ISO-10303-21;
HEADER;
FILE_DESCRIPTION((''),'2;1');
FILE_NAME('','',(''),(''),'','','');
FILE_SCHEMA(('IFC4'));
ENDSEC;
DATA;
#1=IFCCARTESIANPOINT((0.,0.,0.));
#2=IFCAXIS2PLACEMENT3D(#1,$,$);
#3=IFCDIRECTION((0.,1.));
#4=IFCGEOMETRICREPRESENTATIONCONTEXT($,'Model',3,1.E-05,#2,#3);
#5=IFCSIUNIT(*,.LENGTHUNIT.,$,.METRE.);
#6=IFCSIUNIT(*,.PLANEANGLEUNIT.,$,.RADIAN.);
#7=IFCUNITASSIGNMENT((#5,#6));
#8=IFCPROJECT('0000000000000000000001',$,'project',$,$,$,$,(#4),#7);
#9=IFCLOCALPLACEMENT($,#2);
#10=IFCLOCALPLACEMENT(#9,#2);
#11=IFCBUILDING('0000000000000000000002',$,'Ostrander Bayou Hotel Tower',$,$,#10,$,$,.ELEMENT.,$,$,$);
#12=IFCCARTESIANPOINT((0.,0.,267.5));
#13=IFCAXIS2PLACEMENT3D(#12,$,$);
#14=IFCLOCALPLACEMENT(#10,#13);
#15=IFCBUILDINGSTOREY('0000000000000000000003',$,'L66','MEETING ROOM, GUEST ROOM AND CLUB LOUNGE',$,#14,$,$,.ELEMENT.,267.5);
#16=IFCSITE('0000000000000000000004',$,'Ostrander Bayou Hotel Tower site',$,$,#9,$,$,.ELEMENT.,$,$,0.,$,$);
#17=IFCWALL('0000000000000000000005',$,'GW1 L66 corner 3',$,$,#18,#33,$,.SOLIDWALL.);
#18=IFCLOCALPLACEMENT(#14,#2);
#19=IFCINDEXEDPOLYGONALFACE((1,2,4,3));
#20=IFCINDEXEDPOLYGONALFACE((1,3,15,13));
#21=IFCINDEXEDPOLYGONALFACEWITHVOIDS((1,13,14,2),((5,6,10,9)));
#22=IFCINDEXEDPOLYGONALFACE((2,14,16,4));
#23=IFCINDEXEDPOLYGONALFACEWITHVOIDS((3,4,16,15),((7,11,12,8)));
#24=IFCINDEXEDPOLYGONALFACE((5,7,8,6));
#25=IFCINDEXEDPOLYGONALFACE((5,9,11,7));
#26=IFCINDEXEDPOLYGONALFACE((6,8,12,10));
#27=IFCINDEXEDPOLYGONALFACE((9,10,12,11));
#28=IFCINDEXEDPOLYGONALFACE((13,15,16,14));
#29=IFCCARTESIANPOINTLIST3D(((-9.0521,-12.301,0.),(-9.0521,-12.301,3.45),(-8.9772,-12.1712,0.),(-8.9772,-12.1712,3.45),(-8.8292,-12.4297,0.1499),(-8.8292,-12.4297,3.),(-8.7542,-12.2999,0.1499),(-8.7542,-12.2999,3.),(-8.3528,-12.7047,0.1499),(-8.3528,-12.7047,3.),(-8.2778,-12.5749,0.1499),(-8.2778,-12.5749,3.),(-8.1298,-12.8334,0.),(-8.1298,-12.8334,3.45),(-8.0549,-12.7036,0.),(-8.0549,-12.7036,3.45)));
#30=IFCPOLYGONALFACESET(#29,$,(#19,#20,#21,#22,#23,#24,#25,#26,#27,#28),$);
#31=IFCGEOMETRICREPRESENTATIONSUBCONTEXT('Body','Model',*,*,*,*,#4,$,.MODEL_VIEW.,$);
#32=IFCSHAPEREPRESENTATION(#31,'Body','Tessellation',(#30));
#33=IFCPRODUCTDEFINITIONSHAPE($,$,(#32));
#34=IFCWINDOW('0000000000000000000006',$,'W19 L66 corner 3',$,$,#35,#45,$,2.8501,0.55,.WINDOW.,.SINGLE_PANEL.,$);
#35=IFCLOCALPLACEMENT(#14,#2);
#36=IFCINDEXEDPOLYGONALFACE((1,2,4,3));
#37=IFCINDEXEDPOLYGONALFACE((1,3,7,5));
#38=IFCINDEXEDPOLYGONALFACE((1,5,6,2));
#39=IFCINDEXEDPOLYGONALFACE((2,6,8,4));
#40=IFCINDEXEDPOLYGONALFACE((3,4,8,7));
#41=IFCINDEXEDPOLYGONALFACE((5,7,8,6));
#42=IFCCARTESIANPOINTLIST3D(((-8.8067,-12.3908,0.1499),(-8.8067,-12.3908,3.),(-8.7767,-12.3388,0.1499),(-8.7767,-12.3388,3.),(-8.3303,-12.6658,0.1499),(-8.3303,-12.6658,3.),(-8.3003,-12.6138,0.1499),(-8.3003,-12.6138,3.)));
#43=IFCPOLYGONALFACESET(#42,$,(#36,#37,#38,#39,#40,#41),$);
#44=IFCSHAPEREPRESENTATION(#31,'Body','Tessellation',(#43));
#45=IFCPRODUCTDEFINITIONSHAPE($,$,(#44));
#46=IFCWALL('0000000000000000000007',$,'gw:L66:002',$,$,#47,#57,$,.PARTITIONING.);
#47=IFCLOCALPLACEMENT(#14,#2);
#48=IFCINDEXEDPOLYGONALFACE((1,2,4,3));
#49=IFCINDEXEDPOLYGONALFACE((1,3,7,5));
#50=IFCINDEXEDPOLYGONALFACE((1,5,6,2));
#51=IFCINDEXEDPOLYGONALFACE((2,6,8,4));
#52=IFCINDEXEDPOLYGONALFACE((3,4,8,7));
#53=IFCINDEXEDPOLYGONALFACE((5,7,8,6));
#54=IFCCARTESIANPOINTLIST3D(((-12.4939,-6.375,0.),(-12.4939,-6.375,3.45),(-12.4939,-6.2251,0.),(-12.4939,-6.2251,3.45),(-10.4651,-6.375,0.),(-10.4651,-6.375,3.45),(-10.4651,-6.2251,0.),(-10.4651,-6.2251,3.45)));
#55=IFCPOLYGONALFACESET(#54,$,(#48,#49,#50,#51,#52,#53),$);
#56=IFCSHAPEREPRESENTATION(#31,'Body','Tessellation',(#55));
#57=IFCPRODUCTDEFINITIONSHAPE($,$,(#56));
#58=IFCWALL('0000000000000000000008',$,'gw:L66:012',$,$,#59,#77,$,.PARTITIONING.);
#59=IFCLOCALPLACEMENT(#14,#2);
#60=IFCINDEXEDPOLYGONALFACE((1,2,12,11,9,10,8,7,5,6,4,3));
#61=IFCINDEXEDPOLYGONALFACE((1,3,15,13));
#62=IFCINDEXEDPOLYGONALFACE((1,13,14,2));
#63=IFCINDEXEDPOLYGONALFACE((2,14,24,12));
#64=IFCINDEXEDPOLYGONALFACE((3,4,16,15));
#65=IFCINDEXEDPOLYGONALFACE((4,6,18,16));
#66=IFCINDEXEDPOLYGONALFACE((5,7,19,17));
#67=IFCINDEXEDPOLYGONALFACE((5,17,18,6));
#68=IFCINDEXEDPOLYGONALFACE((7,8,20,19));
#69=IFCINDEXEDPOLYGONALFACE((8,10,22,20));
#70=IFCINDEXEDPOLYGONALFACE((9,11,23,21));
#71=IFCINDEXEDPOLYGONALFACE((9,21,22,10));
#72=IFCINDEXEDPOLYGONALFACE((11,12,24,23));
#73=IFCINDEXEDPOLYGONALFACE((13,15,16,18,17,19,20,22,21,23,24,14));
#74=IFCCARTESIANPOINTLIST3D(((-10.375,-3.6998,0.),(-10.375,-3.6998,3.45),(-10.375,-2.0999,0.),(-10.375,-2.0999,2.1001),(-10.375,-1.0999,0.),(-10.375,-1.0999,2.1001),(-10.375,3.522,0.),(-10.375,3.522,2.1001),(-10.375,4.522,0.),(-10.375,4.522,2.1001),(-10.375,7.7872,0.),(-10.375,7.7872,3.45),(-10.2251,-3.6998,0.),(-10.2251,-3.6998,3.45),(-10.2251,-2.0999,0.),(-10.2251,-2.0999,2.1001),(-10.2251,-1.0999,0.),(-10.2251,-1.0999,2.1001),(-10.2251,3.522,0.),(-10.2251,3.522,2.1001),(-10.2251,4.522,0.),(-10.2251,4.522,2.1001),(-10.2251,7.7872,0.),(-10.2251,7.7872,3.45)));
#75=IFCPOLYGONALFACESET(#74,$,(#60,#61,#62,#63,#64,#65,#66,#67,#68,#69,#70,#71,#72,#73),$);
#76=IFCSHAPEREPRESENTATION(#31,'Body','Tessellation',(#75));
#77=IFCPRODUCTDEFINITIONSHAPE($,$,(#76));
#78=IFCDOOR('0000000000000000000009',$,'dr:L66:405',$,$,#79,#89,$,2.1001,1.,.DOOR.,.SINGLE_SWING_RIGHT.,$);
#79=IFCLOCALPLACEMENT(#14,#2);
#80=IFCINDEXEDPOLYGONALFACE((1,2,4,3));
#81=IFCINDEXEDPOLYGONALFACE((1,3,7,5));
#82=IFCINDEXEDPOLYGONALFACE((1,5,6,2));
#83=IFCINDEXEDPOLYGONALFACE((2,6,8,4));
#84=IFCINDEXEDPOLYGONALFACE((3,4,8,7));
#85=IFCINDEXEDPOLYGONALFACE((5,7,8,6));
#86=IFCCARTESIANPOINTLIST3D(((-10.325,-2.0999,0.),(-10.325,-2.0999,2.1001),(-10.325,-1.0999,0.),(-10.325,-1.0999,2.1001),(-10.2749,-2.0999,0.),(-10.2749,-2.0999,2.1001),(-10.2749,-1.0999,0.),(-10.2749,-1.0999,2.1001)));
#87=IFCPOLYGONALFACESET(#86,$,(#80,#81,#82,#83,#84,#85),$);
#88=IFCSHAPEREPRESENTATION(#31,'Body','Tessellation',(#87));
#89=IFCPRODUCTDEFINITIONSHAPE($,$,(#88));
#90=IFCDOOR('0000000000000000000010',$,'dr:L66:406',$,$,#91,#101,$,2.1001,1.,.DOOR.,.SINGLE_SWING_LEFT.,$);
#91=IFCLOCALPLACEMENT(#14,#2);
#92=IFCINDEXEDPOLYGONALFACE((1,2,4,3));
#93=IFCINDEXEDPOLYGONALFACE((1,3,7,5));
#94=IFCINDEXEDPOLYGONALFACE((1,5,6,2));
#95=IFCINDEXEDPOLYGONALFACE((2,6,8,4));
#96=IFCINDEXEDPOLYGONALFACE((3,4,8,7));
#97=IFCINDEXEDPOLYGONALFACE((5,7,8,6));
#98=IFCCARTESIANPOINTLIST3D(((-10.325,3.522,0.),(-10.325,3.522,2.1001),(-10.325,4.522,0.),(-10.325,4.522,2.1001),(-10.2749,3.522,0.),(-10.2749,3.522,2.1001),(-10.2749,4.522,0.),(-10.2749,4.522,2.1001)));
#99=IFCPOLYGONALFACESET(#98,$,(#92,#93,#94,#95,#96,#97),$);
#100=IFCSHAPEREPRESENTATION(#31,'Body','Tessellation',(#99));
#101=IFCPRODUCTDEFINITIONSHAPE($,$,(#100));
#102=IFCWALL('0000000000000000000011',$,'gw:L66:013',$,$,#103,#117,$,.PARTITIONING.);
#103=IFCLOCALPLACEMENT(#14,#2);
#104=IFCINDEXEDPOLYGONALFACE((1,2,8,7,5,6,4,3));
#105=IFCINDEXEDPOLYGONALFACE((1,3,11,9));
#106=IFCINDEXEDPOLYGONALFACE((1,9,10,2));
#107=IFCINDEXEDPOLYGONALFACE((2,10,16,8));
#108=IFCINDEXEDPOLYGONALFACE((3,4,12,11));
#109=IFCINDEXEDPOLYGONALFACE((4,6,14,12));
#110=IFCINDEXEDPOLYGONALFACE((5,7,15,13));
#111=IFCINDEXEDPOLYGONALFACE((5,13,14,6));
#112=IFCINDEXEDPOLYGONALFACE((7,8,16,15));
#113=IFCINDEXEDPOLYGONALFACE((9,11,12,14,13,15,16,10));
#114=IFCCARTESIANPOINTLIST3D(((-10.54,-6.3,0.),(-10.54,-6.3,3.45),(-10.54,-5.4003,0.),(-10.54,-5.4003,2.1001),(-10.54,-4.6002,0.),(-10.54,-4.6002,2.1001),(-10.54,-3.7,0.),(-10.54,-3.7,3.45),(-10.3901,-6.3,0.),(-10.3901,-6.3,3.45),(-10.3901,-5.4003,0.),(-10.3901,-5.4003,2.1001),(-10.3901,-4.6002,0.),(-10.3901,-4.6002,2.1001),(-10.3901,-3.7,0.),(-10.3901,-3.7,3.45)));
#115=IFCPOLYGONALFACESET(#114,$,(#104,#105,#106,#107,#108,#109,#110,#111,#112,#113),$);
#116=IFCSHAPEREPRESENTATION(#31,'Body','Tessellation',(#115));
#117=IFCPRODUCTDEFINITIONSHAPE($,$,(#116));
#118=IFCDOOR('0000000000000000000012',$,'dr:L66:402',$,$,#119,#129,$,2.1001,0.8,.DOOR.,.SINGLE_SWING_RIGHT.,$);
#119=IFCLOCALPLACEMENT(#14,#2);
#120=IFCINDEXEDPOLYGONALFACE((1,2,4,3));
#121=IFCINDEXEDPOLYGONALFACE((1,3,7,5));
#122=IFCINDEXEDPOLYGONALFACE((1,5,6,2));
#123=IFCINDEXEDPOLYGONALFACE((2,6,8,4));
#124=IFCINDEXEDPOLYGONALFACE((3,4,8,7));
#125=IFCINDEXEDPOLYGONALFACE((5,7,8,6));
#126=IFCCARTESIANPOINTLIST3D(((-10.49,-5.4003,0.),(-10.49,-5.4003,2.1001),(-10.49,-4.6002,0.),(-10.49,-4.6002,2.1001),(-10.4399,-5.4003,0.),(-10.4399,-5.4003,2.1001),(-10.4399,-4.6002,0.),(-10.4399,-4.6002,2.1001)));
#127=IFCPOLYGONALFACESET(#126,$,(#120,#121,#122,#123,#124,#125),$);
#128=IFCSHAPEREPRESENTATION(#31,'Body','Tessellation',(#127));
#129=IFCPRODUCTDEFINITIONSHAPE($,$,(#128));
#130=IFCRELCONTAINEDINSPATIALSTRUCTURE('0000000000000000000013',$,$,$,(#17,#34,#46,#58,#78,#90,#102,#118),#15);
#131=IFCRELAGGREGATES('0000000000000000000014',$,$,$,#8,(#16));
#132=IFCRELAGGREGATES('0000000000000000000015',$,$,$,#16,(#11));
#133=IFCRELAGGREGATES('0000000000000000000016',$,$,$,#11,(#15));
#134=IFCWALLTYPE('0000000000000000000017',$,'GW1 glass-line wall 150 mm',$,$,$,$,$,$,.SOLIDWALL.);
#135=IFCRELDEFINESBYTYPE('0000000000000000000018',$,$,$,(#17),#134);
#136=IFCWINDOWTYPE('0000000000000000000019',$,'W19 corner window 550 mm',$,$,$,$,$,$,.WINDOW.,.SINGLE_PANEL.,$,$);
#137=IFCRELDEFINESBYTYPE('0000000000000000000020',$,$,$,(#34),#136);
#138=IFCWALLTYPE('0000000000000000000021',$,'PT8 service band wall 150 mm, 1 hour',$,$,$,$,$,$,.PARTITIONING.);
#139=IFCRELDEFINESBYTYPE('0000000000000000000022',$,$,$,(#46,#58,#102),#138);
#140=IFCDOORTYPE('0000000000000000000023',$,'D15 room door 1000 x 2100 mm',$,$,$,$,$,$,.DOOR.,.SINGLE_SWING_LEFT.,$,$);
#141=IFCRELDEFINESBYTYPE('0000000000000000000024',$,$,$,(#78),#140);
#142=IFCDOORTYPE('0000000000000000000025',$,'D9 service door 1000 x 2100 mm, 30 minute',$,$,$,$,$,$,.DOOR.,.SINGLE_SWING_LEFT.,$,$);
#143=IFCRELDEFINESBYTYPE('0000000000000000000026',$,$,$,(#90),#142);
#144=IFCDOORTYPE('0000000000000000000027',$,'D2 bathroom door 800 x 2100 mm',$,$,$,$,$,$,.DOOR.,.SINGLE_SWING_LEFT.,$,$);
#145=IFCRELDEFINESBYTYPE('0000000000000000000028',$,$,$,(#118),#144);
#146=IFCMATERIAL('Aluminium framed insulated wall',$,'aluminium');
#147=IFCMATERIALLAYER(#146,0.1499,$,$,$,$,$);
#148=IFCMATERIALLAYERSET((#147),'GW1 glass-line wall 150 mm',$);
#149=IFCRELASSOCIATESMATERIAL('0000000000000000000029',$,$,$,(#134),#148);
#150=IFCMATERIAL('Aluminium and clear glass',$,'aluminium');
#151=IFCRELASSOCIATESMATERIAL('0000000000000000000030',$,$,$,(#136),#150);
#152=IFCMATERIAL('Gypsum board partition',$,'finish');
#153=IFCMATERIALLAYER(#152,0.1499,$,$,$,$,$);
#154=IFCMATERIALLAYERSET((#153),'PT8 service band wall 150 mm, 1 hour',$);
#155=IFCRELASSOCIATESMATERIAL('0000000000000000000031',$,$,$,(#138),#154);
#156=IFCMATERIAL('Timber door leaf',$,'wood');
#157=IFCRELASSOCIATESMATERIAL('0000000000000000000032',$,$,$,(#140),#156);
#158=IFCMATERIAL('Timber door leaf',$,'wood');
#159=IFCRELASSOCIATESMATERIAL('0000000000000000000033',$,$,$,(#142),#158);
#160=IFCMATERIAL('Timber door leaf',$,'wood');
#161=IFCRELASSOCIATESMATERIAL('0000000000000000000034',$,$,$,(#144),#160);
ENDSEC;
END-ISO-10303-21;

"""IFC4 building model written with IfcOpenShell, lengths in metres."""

from ifc_helpers import new_model, si_unit, direction, frame, frame_2d, origin, place, context, subcontext, project, spatial, rectangle, extrude, material, layer, layer_set, type_object, element, fill, save


model = new_model("IFC4")

# Units and contexts
model_context = context("Model", 3, precision=1e-05, world=origin(), true_north=direction((0.0, 1.0)))
body_context = subcontext(model_context, "Body", "Model", "MODEL_VIEW")
ifc_project = project(units=[si_unit("LENGTHUNIT", "METRE"), si_unit("PLANEANGLEUNIT", "RADIAN")], contexts=[model_context])

# Site, building, storey
site_placement = place(None, origin())
site = spatial("IfcSite", under=ifc_project, at=site_placement, Name="Ostrander Bayou Hotel Tower site", CompositionType="ELEMENT", RefElevation=0.0)
building_placement = place(site_placement, origin())
building = spatial("IfcBuilding", under=site, at=building_placement, Name="Ostrander Bayou Hotel Tower", CompositionType="ELEMENT")
storey_placement = place(building_placement, frame((0.0, 0.0, 267.5)))
storey = spatial("IfcBuildingStorey", under=building, at=storey_placement, Name="L66", Description="MEETING ROOM, GUEST ROOM AND CLUB LOUNGE", CompositionType="ELEMENT", Elevation=267.5)

# Shared definitions
ifc_material_1 = material(Name="Aluminium framed insulated wall", Category="aluminium")
ifc_layer_1 = layer(ifc_material_1, 0.1499)
ifc_layer_set_1 = layer_set([ifc_layer_1], Name="GW1 glass-line wall 150 mm")
wall_type_1 = type_object("IfcWallType", Name="GW1 glass-line wall 150 mm", PredefinedType="SOLIDWALL", material=ifc_layer_set_1)

# Wall, opening, window
wall_1_placement = place(storey_placement, frame((-9.0146, -12.2361, 0.0), z_axis=(0.0, 0.0, 1.0), x_axis=(0.866048, -0.499961, 0.0)))
wall_1 = element("IfcWall", 1, at=wall_1_placement, inside=storey, type_object=wall_type_1, Name="GW1 L66 corner 3", PredefinedType="SOLIDWALL", context=body_context, shape_type="SweptSolid", body=[
    extrude(rectangle(XDim=1.0649, YDim=0.1499, at=frame_2d((0.5325, 0.0))), origin(), (0.0, 0.0, 1.0), 3.45),
])
opening_1_placement = place(wall_1_placement, frame((0.2576, 0.0, 0.1499)))
opening_1 = element("IfcOpeningElement", 2, at=opening_1_placement, cuts=wall_1, PredefinedType="OPENING", context=body_context, shape_type="SweptSolid", body=[
    extrude(rectangle(XDim=0.55, YDim=2.8501, at=frame_2d((0.2749, 1.425))), frame((0.0, 0.075, 0.0), z_axis=(0.0, -1.0, 0.0), x_axis=(1.0, 0.0, 0.0)), (0.0, 0.0, 1.0), 0.1499),
])
ifc_material_2 = material(Name="Aluminium and clear glass", Category="aluminium")
window_type_1 = type_object("IfcWindowType", Name="W19 corner window 550 mm", PartitioningType="SINGLE_PANEL", PredefinedType="WINDOW", material=ifc_material_2)
window_1_placement = place(opening_1_placement, origin())
window_1 = element("IfcWindow", 3, at=window_1_placement, inside=storey, type_object=window_type_1, Name="W19 L66 corner 3", OverallHeight=2.8501, OverallWidth=0.55, PartitioningType="SINGLE_PANEL", PredefinedType="WINDOW", context=body_context, shape_type="SweptSolid", body=[
    extrude(rectangle(XDim=0.55, YDim=2.8501, at=frame_2d((0.2749, 1.425))), frame((0.0, 0.03, 0.0), z_axis=(0.0, -1.0, 0.0), x_axis=(1.0, 0.0, 0.0)), (0.0, 0.0, 1.0), 0.0601),
])
fill(opening_1, window_1)

# Wall
ifc_material_3 = material(Name="Gypsum board partition", Category="finish")
ifc_layer_2 = layer(ifc_material_3, 0.1499)
ifc_layer_set_2 = layer_set([ifc_layer_2], Name="PT8 service band wall 150 mm, 1 hour")
wall_type_2 = type_object("IfcWallType", Name="PT8 service band wall 150 mm, 1 hour", PredefinedType="PARTITIONING", material=ifc_layer_set_2)
wall_2_placement = place(storey_placement, frame((-12.4939, -6.3, 0.0), z_axis=(0.0, 0.0, 1.0), x_axis=(1.0, 0.0, 0.0)))
element("IfcWall", 4, at=wall_2_placement, inside=storey, type_object=wall_type_2, Name="gw:L66:002", PredefinedType="PARTITIONING", context=body_context, shape_type="SweptSolid", body=[
    extrude(rectangle(XDim=2.0288, YDim=0.1499, at=frame_2d((1.0144, 0.0))), origin(), (0.0, 0.0, 1.0), 3.45),
])

# Wall, openings, doors
wall_3_placement = place(storey_placement, frame((-10.3, -3.7, 0.0), z_axis=(0.0, 0.0, 1.0), x_axis=(0.0, 1.0, 0.0)))
wall_3 = element("IfcWall", 5, at=wall_3_placement, inside=storey, type_object=wall_type_2, Name="gw:L66:012", PredefinedType="PARTITIONING", context=body_context, shape_type="SweptSolid", body=[
    extrude(rectangle(XDim=11.4871, YDim=0.1499, at=frame_2d((5.7437, 0.0))), origin(), (0.0, 0.0, 1.0), 3.45),
])
opening_2_placement = place(wall_3_placement, frame((1.6001, 0.0, 0.0)))
opening_2 = element("IfcOpeningElement", 6, at=opening_2_placement, cuts=wall_3, PredefinedType="OPENING", context=body_context, shape_type="SweptSolid", body=[
    extrude(rectangle(XDim=1.0, YDim=2.1001, at=frame_2d((0.5, 1.05))), frame((0.0, 0.075, 0.0), z_axis=(0.0, -1.0, 0.0), x_axis=(1.0, 0.0, 0.0)), (0.0, 0.0, 1.0), 0.1499),
])
opening_3_placement = place(wall_3_placement, frame((7.2219, 0.0, 0.0)))
opening_3 = element("IfcOpeningElement", 7, at=opening_3_placement, cuts=wall_3, PredefinedType="OPENING", context=body_context, shape_type="SweptSolid", body=[
    extrude(rectangle(XDim=1.0, YDim=2.1001, at=frame_2d((0.5, 1.05))), frame((0.0, 0.075, 0.0), z_axis=(0.0, -1.0, 0.0), x_axis=(1.0, 0.0, 0.0)), (0.0, 0.0, 1.0), 0.1499),
])
ifc_material_4 = material(Name="Timber door leaf", Category="wood")
door_type_1 = type_object("IfcDoorType", Name="D15 room door 1000 x 2100 mm", OperationType="SINGLE_SWING_LEFT", PredefinedType="DOOR", material=ifc_material_4)
door_1_placement = place(opening_2_placement, origin())
door_1 = element("IfcDoor", 8, at=door_1_placement, inside=storey, type_object=door_type_1, Name="dr:L66:405", OperationType="SINGLE_SWING_RIGHT", OverallHeight=2.1001, OverallWidth=1.0, PredefinedType="DOOR", context=body_context, shape_type="SweptSolid", body=[
    extrude(rectangle(XDim=1.0, YDim=2.1001, at=frame_2d((0.5, 1.05))), frame((0.0, 0.0249, 0.0), z_axis=(0.0, -1.0, 0.0), x_axis=(1.0, 0.0, 0.0)), (0.0, 0.0, 1.0), 0.05),
])
fill(opening_2, door_1)
ifc_material_5 = material(Name="Timber door leaf", Category="wood")
door_type_2 = type_object("IfcDoorType", Name="D9 service door 1000 x 2100 mm, 30 minute", OperationType="SINGLE_SWING_LEFT", PredefinedType="DOOR", material=ifc_material_5)
door_2_placement = place(opening_3_placement, origin())
door_2 = element("IfcDoor", 9, at=door_2_placement, inside=storey, type_object=door_type_2, Name="dr:L66:406", OperationType="SINGLE_SWING_LEFT", OverallHeight=2.1001, OverallWidth=1.0, PredefinedType="DOOR", context=body_context, shape_type="SweptSolid", body=[
    extrude(rectangle(XDim=1.0, YDim=2.1001, at=frame_2d((0.5, 1.05))), frame((0.0, 0.0249, 0.0), z_axis=(0.0, -1.0, 0.0), x_axis=(1.0, 0.0, 0.0)), (0.0, 0.0, 1.0), 0.05),
])
fill(opening_3, door_2)

# Wall, opening, door
wall_4_placement = place(storey_placement, frame((-10.4651, -6.3, 0.0), z_axis=(0.0, 0.0, 1.0), x_axis=(0.0, 1.0, 0.0)))
wall_4 = element("IfcWall", 10, at=wall_4_placement, inside=storey, type_object=wall_type_2, Name="gw:L66:013", PredefinedType="PARTITIONING", context=body_context, shape_type="SweptSolid", body=[
    extrude(rectangle(XDim=2.6001, YDim=0.1499, at=frame_2d((1.3, 0.0))), origin(), (0.0, 0.0, 1.0), 3.45),
])
opening_4_placement = place(wall_4_placement, frame((0.8999, 0.0, 0.0)))
opening_4 = element("IfcOpeningElement", 11, at=opening_4_placement, cuts=wall_4, PredefinedType="OPENING", context=body_context, shape_type="SweptSolid", body=[
    extrude(rectangle(XDim=0.8, YDim=2.1001, at=frame_2d((0.3999, 1.05))), frame((0.0, 0.075, 0.0), z_axis=(0.0, -1.0, 0.0), x_axis=(1.0, 0.0, 0.0)), (0.0, 0.0, 1.0), 0.1499),
])
ifc_material_6 = material(Name="Timber door leaf", Category="wood")
door_type_3 = type_object("IfcDoorType", Name="D2 bathroom door 800 x 2100 mm", OperationType="SINGLE_SWING_LEFT", PredefinedType="DOOR", material=ifc_material_6)
door_3_placement = place(opening_4_placement, origin())
door_3 = element("IfcDoor", 12, at=door_3_placement, inside=storey, type_object=door_type_3, Name="dr:L66:402", OperationType="SINGLE_SWING_RIGHT", OverallHeight=2.1001, OverallWidth=0.8, PredefinedType="DOOR", context=body_context, shape_type="SweptSolid", body=[
    extrude(rectangle(XDim=0.8, YDim=2.1001, at=frame_2d((0.3999, 1.05))), frame((0.0, 0.0249, 0.0), z_axis=(0.0, -1.0, 0.0), x_axis=(1.0, 0.0, 0.0)), (0.0, 0.0, 1.0), 0.05),
])
fill(opening_4, door_3)

save(model, "model.ifc")
